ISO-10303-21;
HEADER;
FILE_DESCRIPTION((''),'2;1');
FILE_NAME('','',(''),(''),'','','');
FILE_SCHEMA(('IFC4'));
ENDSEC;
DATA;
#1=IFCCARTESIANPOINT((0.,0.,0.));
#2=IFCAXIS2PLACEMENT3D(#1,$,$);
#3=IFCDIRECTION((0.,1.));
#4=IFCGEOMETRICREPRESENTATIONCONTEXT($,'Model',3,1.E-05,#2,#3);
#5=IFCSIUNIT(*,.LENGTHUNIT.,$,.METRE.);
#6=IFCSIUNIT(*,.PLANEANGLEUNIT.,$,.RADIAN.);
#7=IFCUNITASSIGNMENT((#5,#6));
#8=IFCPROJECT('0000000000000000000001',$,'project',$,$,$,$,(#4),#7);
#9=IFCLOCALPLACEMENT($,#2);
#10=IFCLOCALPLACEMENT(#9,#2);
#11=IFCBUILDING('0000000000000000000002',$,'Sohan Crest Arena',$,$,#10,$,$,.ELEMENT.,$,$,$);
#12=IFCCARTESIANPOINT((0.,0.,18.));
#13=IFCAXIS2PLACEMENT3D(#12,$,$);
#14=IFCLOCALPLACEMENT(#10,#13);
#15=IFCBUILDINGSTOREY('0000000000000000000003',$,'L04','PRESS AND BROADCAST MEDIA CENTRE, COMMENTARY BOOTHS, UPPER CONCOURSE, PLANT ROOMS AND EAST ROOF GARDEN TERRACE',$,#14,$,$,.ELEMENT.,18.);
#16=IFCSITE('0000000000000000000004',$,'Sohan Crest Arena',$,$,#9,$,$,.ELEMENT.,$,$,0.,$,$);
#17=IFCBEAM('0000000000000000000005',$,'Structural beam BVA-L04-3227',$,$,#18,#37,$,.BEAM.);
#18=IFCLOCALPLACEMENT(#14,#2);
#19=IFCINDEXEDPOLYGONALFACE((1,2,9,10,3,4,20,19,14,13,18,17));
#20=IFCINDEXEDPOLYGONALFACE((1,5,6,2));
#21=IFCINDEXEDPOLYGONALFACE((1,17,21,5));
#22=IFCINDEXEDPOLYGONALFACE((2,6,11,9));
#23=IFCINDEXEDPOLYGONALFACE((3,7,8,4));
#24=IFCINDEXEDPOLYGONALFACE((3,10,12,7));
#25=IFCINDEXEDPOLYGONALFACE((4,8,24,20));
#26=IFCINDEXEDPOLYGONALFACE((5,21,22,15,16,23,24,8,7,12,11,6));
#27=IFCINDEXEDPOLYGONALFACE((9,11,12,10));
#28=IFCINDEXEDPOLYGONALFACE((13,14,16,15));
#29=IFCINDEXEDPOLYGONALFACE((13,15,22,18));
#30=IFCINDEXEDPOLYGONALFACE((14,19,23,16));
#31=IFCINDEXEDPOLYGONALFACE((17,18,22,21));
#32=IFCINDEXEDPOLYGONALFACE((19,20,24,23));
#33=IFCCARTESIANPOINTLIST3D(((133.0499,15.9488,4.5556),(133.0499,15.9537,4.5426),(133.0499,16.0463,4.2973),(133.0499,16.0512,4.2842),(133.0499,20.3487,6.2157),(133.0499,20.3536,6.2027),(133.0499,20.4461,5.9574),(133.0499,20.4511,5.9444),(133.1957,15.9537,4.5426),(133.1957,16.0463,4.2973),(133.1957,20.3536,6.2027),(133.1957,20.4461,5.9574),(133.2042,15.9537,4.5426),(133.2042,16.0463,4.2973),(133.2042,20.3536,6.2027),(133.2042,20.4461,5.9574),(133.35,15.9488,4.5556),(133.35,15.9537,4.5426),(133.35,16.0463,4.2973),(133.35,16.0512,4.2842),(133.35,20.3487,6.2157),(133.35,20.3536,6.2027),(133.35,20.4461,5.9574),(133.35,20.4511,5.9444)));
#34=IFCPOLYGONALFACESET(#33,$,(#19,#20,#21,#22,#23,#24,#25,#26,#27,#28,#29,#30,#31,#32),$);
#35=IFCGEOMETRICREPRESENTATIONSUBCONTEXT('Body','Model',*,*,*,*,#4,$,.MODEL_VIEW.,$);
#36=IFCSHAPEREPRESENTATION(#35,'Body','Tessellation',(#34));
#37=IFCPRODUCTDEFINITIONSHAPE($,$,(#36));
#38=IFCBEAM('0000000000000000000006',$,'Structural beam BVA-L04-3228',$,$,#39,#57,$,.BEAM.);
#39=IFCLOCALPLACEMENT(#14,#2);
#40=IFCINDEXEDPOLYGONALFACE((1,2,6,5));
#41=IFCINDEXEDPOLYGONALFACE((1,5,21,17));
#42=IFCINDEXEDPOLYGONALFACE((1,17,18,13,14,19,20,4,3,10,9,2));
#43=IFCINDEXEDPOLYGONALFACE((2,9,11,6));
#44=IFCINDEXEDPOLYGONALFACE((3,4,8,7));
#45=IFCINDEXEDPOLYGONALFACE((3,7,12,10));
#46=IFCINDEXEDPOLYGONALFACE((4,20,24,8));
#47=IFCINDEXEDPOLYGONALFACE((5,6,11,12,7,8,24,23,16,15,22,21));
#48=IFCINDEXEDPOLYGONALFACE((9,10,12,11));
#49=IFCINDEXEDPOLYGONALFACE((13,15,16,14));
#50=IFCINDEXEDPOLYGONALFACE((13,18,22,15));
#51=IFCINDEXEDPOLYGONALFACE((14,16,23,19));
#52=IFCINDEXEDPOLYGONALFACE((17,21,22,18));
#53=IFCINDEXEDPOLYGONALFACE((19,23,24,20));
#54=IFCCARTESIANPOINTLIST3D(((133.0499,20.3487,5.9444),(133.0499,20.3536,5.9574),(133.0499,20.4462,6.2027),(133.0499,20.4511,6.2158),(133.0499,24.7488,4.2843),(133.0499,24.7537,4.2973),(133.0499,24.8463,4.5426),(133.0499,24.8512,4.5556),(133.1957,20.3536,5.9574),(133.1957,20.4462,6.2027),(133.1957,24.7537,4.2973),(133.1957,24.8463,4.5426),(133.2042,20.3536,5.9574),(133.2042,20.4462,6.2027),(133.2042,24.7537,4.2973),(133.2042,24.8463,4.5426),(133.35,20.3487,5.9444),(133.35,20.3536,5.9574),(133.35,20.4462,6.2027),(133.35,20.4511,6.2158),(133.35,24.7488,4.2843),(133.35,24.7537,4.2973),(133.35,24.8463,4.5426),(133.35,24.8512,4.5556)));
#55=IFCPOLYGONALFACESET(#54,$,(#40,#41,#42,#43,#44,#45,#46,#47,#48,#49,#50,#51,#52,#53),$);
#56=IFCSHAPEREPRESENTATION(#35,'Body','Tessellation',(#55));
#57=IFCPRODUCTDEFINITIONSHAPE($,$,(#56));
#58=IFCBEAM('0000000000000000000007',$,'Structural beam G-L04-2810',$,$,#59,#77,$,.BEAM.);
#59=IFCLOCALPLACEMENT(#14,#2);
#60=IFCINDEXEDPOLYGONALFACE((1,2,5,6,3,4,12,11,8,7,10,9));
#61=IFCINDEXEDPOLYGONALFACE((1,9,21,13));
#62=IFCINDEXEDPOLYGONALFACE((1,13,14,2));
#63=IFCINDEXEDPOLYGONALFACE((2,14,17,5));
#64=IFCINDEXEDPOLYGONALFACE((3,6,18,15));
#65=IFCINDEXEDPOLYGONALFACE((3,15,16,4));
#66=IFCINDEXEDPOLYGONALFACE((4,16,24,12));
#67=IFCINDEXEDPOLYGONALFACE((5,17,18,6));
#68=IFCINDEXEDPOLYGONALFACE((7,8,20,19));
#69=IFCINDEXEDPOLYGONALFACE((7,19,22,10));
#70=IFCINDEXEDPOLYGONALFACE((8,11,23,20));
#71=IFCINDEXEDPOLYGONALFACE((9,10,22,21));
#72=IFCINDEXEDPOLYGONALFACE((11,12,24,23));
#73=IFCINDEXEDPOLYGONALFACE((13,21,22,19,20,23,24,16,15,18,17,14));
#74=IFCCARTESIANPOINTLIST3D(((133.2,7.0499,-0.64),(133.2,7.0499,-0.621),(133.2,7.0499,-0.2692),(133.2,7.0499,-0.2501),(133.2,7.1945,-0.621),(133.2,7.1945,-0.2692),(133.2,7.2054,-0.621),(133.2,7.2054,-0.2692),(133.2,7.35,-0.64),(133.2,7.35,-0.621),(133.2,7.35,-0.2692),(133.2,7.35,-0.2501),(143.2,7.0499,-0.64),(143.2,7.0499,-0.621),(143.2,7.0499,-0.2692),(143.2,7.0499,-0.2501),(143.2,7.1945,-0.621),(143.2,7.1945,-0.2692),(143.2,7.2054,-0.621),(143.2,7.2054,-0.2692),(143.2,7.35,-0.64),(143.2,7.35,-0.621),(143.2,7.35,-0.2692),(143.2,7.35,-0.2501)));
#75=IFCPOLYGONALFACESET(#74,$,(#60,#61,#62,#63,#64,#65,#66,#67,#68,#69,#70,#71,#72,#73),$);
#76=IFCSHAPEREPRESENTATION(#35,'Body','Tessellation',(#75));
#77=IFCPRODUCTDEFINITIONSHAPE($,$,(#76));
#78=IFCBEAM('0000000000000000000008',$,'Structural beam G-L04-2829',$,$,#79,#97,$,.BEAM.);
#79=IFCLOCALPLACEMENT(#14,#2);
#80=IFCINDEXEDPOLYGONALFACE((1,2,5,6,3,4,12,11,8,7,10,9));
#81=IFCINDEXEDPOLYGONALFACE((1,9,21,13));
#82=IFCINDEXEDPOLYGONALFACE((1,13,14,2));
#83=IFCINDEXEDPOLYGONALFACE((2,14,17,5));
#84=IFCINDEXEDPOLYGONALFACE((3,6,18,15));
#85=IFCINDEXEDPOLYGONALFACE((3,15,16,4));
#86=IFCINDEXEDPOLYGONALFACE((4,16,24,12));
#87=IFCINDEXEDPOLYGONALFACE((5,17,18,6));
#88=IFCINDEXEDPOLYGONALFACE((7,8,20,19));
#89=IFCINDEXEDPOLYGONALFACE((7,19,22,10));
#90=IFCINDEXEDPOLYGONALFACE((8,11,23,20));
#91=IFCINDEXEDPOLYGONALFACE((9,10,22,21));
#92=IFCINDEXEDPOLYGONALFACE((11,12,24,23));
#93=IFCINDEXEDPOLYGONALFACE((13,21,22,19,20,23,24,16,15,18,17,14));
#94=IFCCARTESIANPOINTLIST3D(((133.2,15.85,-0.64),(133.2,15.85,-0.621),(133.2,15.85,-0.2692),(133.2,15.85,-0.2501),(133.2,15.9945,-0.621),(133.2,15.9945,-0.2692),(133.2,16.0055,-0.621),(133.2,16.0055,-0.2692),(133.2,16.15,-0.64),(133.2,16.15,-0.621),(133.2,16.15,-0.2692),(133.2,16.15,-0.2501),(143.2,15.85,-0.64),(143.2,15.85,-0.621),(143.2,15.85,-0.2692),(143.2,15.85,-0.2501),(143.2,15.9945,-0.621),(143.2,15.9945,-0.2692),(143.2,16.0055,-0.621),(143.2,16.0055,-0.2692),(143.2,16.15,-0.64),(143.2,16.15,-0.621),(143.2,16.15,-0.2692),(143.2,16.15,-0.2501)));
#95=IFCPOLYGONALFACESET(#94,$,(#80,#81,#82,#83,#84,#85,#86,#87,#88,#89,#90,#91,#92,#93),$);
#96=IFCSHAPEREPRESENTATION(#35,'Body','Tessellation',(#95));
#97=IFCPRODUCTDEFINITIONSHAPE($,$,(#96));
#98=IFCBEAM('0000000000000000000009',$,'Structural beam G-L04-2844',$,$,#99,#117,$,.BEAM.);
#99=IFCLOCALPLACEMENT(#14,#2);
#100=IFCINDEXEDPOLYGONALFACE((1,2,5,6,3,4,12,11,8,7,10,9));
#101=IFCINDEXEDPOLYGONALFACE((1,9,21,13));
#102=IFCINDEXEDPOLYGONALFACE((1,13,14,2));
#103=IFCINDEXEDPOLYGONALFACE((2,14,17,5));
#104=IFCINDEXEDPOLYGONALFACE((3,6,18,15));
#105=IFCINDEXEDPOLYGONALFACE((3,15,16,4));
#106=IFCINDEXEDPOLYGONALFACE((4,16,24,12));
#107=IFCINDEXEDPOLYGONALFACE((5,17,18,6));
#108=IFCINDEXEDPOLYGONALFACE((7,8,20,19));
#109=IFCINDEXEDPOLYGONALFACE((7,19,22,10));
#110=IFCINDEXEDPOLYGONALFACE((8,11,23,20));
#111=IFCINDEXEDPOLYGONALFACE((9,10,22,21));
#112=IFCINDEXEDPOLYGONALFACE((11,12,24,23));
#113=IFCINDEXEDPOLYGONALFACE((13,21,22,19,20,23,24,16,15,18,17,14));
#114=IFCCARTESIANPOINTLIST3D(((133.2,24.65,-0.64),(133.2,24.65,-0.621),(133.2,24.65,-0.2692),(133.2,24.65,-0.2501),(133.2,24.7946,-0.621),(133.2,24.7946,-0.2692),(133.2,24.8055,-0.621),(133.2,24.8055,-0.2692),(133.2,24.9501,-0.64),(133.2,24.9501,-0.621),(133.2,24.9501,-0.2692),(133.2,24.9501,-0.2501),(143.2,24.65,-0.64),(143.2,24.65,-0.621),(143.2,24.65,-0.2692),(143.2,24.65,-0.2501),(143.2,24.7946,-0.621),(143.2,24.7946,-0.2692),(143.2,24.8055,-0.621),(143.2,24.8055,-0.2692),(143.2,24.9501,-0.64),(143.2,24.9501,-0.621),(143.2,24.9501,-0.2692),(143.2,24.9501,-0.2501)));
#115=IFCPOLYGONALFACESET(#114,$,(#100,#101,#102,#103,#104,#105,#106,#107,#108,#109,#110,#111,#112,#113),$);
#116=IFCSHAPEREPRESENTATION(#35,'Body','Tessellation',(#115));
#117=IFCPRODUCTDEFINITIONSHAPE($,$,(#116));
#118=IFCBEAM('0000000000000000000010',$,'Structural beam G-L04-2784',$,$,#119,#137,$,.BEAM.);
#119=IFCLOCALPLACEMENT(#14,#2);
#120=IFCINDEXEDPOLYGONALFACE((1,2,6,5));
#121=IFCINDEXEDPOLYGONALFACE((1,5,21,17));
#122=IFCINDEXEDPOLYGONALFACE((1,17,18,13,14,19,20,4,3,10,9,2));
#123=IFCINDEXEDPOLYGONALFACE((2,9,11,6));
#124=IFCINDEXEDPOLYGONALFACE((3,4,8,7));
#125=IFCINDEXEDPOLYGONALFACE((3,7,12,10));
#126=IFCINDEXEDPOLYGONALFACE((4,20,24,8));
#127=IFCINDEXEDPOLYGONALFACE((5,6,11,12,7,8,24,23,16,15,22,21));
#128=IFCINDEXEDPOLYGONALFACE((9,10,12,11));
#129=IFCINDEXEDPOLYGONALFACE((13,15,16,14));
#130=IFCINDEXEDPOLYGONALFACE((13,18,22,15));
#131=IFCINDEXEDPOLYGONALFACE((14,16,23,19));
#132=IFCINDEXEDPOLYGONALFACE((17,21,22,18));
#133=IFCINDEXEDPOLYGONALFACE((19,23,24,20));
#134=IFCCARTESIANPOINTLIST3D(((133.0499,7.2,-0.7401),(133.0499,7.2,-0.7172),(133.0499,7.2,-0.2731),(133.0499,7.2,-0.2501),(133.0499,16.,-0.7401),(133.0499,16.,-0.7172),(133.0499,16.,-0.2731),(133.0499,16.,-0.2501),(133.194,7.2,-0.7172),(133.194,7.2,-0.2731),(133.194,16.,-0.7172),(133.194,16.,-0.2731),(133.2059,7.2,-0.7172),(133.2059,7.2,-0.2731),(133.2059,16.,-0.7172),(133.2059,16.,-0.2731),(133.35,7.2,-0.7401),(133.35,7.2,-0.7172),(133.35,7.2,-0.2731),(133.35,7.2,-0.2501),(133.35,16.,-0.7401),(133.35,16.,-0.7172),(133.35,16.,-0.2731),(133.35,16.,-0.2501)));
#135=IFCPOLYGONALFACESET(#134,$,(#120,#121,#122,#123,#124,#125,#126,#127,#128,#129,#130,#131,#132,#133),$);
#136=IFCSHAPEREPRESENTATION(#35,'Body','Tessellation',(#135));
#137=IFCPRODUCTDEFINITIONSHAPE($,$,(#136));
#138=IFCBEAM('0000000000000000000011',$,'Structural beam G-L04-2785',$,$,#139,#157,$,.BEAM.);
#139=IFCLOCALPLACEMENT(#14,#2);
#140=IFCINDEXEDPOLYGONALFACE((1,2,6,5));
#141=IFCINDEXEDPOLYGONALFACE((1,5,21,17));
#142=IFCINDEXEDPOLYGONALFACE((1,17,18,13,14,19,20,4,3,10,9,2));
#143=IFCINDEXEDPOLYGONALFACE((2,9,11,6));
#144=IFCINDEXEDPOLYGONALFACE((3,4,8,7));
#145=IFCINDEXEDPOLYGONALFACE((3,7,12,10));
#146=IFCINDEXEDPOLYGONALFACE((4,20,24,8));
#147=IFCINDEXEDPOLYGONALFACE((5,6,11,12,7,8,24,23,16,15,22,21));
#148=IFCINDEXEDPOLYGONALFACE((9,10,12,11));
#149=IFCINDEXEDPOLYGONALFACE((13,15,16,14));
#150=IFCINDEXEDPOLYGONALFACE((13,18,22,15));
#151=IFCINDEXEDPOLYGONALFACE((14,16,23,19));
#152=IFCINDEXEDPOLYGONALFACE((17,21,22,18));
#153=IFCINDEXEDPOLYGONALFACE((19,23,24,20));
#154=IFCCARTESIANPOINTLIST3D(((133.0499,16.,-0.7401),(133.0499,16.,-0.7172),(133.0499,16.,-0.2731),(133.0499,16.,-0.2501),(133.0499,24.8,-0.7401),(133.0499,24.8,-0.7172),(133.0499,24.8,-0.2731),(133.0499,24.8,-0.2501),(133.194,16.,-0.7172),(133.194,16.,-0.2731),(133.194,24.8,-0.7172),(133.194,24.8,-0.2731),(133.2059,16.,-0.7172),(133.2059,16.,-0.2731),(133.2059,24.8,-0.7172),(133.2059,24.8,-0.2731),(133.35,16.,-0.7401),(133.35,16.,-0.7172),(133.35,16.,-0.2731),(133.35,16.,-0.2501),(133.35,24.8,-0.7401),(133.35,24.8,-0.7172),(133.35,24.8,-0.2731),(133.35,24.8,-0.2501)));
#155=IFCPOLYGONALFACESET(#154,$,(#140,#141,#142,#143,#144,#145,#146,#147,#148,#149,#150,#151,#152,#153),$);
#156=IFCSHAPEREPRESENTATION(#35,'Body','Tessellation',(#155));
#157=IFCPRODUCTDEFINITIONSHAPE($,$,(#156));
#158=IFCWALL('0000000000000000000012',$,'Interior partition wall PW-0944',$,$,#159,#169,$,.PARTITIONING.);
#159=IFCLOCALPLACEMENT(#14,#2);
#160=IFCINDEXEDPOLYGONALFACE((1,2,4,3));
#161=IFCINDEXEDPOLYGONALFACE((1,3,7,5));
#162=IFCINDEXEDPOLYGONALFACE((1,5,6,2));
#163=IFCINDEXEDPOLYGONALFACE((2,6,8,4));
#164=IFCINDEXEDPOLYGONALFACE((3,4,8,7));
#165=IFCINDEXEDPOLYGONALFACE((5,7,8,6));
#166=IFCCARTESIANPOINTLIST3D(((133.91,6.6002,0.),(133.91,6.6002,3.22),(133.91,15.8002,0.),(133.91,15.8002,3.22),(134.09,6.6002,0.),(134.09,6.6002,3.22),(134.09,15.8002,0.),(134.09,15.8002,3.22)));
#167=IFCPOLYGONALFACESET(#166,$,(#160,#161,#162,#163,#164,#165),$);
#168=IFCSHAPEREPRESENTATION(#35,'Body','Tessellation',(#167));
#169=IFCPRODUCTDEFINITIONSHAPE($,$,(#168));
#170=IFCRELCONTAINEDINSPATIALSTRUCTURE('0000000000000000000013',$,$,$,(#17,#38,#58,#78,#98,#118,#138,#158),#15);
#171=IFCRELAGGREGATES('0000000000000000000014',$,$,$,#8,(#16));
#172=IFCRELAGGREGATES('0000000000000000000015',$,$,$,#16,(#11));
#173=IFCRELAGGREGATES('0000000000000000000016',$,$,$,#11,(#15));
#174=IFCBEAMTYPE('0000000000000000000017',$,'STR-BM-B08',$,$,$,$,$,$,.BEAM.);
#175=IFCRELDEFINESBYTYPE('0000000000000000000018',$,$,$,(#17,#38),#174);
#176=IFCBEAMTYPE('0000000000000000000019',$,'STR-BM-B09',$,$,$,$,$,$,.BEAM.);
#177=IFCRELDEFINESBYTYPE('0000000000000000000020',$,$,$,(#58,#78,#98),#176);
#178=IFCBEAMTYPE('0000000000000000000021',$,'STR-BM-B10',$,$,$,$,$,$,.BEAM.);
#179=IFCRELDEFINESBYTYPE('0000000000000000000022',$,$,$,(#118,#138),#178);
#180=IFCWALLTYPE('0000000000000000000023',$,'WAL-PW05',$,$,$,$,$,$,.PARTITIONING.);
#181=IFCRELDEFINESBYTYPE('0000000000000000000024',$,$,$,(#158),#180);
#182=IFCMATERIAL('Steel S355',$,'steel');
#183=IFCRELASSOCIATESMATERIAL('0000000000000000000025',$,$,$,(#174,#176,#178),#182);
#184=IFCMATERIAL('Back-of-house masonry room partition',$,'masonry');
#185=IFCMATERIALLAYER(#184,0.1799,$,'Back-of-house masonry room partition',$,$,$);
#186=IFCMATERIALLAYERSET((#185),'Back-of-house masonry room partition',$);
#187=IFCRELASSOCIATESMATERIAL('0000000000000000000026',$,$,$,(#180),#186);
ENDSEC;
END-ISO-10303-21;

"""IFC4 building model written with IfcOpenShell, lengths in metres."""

from ifc_helpers import new_model, si_unit, direction, frame, frame_2d, origin, origin_2d, place, context, subcontext, project, spatial, rectangle, i_section, extrude, material, layer, layer_set, material_profile, profile_set, type_object, element, save


model = new_model("IFC4")

# Units and contexts
model_context = context("Model", 3, precision=1e-05, world=origin(), true_north=direction((0.0, 1.0)))
body_context = subcontext(model_context, "Body", "Model", "MODEL_VIEW")
ifc_project = project(units=[si_unit("LENGTHUNIT", "METRE"), si_unit("PLANEANGLEUNIT", "RADIAN")], contexts=[model_context])

# Site, building, storey
site_placement = place(None, origin())
site = spatial("IfcSite", under=ifc_project, at=site_placement, Name="Sohan Crest Arena", CompositionType="ELEMENT", RefElevation=0.0)
building_placement = place(site_placement, origin())
building = spatial("IfcBuilding", under=site, at=building_placement, Name="Sohan Crest Arena", CompositionType="ELEMENT")
storey_placement = place(building_placement, frame((0.0, 0.0, 18.0)))
storey = spatial("IfcBuildingStorey", under=building, at=storey_placement, Name="L04", Description="PRESS AND BROADCAST MEDIA CENTRE, COMMENTARY BOOTHS, UPPER CONCOURSE, PLANT ROOMS AND EAST ROOF GARDEN TERRACE", CompositionType="ELEMENT", Elevation=18.0)

# Shared definitions
ifc_material_1 = material(Name="Steel S355", Category="steel")

# Beams
ifc_material_profile_1 = material_profile(ifc_material_1, i_section(OverallWidth=0.3, OverallDepth=0.29, WebThickness=0.0085, FlangeThickness=0.0139, at=origin_2d()), Name="HEA 300")
ifc_profile_set_1 = profile_set([ifc_material_profile_1], Name="Steel S355")
beam_type_1 = type_object("IfcBeamType", Name="STR-BM-B08", PredefinedType="BEAM", material=ifc_profile_set_1)
for number, where, z_axis, x_axis, name in (
    (1, (133.2, 16.0, 4.4199), (0.0, 0.935615, 0.353023), (-1.0, 0.0, 0.0), "Structural beam BVA-L04-3227"),
):
    element("IfcBeam", number, at=place(storey_placement, frame(where, z_axis=z_axis, x_axis=x_axis)), inside=storey, type_object=beam_type_1, Name=name, PredefinedType="BEAM", context=body_context, shape_type="SweptSolid", body=[
        extrude(i_section(OverallWidth=0.3, OverallDepth=0.29, WebThickness=0.0085, FlangeThickness=0.0139, at=origin_2d()), origin(), (0.0, 0.0, 1.0), 4.7026),
    ])
beam_1_placement = place(storey_placement, frame((133.2, 20.3999, 6.0801), z_axis=(0.0, 0.935621, -0.353006), x_axis=(-1.0, 0.0, 0.0)))
element("IfcBeam", 2, at=beam_1_placement, inside=storey, type_object=beam_type_1, Name="Structural beam BVA-L04-3228", PredefinedType="BEAM", context=body_context, shape_type="SweptSolid", body=[
    extrude(i_section(OverallWidth=0.3, OverallDepth=0.29, WebThickness=0.0085, FlangeThickness=0.0139, at=origin_2d()), origin(), (0.0, 0.0, 1.0), 4.7029),
])
ifc_material_profile_2 = material_profile(ifc_material_1, i_section(OverallWidth=0.3, OverallDepth=0.3899, WebThickness=0.011, FlangeThickness=0.019, at=origin_2d()), Name="HEA 400")
ifc_profile_set_2 = profile_set([ifc_material_profile_2], Name="Steel S355")
beam_type_2 = type_object("IfcBeamType", Name="STR-BM-B09", PredefinedType="BEAM", material=ifc_profile_set_2)
for number, where, z_axis, x_axis, name in (
    (3, (133.2, 7.2, -0.4451), (1.0, 0.0, 0.0), (0.0, 1.0, 0.0), "Structural beam G-L04-2810"),
    (4, (133.2, 16.0, -0.4451), (1.0, 0.0, 0.0), (0.0, 1.0, 0.0), "Structural beam G-L04-2829"),
    (5, (133.2, 24.8, -0.4451), (1.0, 0.0, 0.0), (0.0, 1.0, 0.0), "Structural beam G-L04-2844"),
):
    element("IfcBeam", number, at=place(storey_placement, frame(where, z_axis=z_axis, x_axis=x_axis)), inside=storey, type_object=beam_type_2, Name=name, PredefinedType="BEAM", context=body_context, shape_type="SweptSolid", body=[
        extrude(i_section(OverallWidth=0.3, OverallDepth=0.3899, WebThickness=0.011, FlangeThickness=0.019, at=origin_2d()), origin(), (0.0, 0.0, 1.0), 10.0),
    ])
ifc_material_profile_3 = material_profile(ifc_material_1, i_section(OverallWidth=0.3, OverallDepth=0.49, WebThickness=0.012, FlangeThickness=0.0229, at=origin_2d()), Name="HEA 500")
ifc_profile_set_3 = profile_set([ifc_material_profile_3], Name="Steel S355")
beam_type_3 = type_object("IfcBeamType", Name="STR-BM-B10", PredefinedType="BEAM", material=ifc_profile_set_3)
for number, where, z_axis, x_axis, name in (
    (6, (133.2, 7.2, -0.4951), (0.0, 1.0, 0.0), (-1.0, 0.0, 0.0), "Structural beam G-L04-2784"),
    (7, (133.2, 16.0, -0.4951), (0.0, 1.0, 0.0), (-1.0, 0.0, 0.0), "Structural beam G-L04-2785"),
):
    element("IfcBeam", number, at=place(storey_placement, frame(where, z_axis=z_axis, x_axis=x_axis)), inside=storey, type_object=beam_type_3, Name=name, PredefinedType="BEAM", context=body_context, shape_type="SweptSolid", body=[
        extrude(i_section(OverallWidth=0.3, OverallDepth=0.49, WebThickness=0.012, FlangeThickness=0.0229, at=origin_2d()), origin(), (0.0, 0.0, 1.0), 8.8),
    ])

# Wall
ifc_material_2 = material(Name="Back-of-house masonry room partition", Category="masonry")
ifc_layer_1 = layer(ifc_material_2, 0.1799, Name="Back-of-house masonry room partition")
ifc_layer_set_1 = layer_set([ifc_layer_1], Name="Back-of-house masonry room partition")
wall_type_1 = type_object("IfcWallType", Name="WAL-PW05", PredefinedType="PARTITIONING", material=ifc_layer_set_1)
wall_1_placement = place(storey_placement, frame((134.0, 6.6001, 0.0), z_axis=(0.0, 0.0, 1.0), x_axis=(0.0, 1.0, 0.0)))
element("IfcWall", 8, at=wall_1_placement, inside=storey, type_object=wall_type_1, Name="Interior partition wall PW-0944", PredefinedType="PARTITIONING", context=body_context, shape_type="SweptSolid", body=[
    extrude(rectangle(XDim=9.2, YDim=0.1799, at=frame_2d((4.6001, 0.0))), origin(), (0.0, 0.0, 1.0), 3.22),
])

save(model, "model.ifc")
